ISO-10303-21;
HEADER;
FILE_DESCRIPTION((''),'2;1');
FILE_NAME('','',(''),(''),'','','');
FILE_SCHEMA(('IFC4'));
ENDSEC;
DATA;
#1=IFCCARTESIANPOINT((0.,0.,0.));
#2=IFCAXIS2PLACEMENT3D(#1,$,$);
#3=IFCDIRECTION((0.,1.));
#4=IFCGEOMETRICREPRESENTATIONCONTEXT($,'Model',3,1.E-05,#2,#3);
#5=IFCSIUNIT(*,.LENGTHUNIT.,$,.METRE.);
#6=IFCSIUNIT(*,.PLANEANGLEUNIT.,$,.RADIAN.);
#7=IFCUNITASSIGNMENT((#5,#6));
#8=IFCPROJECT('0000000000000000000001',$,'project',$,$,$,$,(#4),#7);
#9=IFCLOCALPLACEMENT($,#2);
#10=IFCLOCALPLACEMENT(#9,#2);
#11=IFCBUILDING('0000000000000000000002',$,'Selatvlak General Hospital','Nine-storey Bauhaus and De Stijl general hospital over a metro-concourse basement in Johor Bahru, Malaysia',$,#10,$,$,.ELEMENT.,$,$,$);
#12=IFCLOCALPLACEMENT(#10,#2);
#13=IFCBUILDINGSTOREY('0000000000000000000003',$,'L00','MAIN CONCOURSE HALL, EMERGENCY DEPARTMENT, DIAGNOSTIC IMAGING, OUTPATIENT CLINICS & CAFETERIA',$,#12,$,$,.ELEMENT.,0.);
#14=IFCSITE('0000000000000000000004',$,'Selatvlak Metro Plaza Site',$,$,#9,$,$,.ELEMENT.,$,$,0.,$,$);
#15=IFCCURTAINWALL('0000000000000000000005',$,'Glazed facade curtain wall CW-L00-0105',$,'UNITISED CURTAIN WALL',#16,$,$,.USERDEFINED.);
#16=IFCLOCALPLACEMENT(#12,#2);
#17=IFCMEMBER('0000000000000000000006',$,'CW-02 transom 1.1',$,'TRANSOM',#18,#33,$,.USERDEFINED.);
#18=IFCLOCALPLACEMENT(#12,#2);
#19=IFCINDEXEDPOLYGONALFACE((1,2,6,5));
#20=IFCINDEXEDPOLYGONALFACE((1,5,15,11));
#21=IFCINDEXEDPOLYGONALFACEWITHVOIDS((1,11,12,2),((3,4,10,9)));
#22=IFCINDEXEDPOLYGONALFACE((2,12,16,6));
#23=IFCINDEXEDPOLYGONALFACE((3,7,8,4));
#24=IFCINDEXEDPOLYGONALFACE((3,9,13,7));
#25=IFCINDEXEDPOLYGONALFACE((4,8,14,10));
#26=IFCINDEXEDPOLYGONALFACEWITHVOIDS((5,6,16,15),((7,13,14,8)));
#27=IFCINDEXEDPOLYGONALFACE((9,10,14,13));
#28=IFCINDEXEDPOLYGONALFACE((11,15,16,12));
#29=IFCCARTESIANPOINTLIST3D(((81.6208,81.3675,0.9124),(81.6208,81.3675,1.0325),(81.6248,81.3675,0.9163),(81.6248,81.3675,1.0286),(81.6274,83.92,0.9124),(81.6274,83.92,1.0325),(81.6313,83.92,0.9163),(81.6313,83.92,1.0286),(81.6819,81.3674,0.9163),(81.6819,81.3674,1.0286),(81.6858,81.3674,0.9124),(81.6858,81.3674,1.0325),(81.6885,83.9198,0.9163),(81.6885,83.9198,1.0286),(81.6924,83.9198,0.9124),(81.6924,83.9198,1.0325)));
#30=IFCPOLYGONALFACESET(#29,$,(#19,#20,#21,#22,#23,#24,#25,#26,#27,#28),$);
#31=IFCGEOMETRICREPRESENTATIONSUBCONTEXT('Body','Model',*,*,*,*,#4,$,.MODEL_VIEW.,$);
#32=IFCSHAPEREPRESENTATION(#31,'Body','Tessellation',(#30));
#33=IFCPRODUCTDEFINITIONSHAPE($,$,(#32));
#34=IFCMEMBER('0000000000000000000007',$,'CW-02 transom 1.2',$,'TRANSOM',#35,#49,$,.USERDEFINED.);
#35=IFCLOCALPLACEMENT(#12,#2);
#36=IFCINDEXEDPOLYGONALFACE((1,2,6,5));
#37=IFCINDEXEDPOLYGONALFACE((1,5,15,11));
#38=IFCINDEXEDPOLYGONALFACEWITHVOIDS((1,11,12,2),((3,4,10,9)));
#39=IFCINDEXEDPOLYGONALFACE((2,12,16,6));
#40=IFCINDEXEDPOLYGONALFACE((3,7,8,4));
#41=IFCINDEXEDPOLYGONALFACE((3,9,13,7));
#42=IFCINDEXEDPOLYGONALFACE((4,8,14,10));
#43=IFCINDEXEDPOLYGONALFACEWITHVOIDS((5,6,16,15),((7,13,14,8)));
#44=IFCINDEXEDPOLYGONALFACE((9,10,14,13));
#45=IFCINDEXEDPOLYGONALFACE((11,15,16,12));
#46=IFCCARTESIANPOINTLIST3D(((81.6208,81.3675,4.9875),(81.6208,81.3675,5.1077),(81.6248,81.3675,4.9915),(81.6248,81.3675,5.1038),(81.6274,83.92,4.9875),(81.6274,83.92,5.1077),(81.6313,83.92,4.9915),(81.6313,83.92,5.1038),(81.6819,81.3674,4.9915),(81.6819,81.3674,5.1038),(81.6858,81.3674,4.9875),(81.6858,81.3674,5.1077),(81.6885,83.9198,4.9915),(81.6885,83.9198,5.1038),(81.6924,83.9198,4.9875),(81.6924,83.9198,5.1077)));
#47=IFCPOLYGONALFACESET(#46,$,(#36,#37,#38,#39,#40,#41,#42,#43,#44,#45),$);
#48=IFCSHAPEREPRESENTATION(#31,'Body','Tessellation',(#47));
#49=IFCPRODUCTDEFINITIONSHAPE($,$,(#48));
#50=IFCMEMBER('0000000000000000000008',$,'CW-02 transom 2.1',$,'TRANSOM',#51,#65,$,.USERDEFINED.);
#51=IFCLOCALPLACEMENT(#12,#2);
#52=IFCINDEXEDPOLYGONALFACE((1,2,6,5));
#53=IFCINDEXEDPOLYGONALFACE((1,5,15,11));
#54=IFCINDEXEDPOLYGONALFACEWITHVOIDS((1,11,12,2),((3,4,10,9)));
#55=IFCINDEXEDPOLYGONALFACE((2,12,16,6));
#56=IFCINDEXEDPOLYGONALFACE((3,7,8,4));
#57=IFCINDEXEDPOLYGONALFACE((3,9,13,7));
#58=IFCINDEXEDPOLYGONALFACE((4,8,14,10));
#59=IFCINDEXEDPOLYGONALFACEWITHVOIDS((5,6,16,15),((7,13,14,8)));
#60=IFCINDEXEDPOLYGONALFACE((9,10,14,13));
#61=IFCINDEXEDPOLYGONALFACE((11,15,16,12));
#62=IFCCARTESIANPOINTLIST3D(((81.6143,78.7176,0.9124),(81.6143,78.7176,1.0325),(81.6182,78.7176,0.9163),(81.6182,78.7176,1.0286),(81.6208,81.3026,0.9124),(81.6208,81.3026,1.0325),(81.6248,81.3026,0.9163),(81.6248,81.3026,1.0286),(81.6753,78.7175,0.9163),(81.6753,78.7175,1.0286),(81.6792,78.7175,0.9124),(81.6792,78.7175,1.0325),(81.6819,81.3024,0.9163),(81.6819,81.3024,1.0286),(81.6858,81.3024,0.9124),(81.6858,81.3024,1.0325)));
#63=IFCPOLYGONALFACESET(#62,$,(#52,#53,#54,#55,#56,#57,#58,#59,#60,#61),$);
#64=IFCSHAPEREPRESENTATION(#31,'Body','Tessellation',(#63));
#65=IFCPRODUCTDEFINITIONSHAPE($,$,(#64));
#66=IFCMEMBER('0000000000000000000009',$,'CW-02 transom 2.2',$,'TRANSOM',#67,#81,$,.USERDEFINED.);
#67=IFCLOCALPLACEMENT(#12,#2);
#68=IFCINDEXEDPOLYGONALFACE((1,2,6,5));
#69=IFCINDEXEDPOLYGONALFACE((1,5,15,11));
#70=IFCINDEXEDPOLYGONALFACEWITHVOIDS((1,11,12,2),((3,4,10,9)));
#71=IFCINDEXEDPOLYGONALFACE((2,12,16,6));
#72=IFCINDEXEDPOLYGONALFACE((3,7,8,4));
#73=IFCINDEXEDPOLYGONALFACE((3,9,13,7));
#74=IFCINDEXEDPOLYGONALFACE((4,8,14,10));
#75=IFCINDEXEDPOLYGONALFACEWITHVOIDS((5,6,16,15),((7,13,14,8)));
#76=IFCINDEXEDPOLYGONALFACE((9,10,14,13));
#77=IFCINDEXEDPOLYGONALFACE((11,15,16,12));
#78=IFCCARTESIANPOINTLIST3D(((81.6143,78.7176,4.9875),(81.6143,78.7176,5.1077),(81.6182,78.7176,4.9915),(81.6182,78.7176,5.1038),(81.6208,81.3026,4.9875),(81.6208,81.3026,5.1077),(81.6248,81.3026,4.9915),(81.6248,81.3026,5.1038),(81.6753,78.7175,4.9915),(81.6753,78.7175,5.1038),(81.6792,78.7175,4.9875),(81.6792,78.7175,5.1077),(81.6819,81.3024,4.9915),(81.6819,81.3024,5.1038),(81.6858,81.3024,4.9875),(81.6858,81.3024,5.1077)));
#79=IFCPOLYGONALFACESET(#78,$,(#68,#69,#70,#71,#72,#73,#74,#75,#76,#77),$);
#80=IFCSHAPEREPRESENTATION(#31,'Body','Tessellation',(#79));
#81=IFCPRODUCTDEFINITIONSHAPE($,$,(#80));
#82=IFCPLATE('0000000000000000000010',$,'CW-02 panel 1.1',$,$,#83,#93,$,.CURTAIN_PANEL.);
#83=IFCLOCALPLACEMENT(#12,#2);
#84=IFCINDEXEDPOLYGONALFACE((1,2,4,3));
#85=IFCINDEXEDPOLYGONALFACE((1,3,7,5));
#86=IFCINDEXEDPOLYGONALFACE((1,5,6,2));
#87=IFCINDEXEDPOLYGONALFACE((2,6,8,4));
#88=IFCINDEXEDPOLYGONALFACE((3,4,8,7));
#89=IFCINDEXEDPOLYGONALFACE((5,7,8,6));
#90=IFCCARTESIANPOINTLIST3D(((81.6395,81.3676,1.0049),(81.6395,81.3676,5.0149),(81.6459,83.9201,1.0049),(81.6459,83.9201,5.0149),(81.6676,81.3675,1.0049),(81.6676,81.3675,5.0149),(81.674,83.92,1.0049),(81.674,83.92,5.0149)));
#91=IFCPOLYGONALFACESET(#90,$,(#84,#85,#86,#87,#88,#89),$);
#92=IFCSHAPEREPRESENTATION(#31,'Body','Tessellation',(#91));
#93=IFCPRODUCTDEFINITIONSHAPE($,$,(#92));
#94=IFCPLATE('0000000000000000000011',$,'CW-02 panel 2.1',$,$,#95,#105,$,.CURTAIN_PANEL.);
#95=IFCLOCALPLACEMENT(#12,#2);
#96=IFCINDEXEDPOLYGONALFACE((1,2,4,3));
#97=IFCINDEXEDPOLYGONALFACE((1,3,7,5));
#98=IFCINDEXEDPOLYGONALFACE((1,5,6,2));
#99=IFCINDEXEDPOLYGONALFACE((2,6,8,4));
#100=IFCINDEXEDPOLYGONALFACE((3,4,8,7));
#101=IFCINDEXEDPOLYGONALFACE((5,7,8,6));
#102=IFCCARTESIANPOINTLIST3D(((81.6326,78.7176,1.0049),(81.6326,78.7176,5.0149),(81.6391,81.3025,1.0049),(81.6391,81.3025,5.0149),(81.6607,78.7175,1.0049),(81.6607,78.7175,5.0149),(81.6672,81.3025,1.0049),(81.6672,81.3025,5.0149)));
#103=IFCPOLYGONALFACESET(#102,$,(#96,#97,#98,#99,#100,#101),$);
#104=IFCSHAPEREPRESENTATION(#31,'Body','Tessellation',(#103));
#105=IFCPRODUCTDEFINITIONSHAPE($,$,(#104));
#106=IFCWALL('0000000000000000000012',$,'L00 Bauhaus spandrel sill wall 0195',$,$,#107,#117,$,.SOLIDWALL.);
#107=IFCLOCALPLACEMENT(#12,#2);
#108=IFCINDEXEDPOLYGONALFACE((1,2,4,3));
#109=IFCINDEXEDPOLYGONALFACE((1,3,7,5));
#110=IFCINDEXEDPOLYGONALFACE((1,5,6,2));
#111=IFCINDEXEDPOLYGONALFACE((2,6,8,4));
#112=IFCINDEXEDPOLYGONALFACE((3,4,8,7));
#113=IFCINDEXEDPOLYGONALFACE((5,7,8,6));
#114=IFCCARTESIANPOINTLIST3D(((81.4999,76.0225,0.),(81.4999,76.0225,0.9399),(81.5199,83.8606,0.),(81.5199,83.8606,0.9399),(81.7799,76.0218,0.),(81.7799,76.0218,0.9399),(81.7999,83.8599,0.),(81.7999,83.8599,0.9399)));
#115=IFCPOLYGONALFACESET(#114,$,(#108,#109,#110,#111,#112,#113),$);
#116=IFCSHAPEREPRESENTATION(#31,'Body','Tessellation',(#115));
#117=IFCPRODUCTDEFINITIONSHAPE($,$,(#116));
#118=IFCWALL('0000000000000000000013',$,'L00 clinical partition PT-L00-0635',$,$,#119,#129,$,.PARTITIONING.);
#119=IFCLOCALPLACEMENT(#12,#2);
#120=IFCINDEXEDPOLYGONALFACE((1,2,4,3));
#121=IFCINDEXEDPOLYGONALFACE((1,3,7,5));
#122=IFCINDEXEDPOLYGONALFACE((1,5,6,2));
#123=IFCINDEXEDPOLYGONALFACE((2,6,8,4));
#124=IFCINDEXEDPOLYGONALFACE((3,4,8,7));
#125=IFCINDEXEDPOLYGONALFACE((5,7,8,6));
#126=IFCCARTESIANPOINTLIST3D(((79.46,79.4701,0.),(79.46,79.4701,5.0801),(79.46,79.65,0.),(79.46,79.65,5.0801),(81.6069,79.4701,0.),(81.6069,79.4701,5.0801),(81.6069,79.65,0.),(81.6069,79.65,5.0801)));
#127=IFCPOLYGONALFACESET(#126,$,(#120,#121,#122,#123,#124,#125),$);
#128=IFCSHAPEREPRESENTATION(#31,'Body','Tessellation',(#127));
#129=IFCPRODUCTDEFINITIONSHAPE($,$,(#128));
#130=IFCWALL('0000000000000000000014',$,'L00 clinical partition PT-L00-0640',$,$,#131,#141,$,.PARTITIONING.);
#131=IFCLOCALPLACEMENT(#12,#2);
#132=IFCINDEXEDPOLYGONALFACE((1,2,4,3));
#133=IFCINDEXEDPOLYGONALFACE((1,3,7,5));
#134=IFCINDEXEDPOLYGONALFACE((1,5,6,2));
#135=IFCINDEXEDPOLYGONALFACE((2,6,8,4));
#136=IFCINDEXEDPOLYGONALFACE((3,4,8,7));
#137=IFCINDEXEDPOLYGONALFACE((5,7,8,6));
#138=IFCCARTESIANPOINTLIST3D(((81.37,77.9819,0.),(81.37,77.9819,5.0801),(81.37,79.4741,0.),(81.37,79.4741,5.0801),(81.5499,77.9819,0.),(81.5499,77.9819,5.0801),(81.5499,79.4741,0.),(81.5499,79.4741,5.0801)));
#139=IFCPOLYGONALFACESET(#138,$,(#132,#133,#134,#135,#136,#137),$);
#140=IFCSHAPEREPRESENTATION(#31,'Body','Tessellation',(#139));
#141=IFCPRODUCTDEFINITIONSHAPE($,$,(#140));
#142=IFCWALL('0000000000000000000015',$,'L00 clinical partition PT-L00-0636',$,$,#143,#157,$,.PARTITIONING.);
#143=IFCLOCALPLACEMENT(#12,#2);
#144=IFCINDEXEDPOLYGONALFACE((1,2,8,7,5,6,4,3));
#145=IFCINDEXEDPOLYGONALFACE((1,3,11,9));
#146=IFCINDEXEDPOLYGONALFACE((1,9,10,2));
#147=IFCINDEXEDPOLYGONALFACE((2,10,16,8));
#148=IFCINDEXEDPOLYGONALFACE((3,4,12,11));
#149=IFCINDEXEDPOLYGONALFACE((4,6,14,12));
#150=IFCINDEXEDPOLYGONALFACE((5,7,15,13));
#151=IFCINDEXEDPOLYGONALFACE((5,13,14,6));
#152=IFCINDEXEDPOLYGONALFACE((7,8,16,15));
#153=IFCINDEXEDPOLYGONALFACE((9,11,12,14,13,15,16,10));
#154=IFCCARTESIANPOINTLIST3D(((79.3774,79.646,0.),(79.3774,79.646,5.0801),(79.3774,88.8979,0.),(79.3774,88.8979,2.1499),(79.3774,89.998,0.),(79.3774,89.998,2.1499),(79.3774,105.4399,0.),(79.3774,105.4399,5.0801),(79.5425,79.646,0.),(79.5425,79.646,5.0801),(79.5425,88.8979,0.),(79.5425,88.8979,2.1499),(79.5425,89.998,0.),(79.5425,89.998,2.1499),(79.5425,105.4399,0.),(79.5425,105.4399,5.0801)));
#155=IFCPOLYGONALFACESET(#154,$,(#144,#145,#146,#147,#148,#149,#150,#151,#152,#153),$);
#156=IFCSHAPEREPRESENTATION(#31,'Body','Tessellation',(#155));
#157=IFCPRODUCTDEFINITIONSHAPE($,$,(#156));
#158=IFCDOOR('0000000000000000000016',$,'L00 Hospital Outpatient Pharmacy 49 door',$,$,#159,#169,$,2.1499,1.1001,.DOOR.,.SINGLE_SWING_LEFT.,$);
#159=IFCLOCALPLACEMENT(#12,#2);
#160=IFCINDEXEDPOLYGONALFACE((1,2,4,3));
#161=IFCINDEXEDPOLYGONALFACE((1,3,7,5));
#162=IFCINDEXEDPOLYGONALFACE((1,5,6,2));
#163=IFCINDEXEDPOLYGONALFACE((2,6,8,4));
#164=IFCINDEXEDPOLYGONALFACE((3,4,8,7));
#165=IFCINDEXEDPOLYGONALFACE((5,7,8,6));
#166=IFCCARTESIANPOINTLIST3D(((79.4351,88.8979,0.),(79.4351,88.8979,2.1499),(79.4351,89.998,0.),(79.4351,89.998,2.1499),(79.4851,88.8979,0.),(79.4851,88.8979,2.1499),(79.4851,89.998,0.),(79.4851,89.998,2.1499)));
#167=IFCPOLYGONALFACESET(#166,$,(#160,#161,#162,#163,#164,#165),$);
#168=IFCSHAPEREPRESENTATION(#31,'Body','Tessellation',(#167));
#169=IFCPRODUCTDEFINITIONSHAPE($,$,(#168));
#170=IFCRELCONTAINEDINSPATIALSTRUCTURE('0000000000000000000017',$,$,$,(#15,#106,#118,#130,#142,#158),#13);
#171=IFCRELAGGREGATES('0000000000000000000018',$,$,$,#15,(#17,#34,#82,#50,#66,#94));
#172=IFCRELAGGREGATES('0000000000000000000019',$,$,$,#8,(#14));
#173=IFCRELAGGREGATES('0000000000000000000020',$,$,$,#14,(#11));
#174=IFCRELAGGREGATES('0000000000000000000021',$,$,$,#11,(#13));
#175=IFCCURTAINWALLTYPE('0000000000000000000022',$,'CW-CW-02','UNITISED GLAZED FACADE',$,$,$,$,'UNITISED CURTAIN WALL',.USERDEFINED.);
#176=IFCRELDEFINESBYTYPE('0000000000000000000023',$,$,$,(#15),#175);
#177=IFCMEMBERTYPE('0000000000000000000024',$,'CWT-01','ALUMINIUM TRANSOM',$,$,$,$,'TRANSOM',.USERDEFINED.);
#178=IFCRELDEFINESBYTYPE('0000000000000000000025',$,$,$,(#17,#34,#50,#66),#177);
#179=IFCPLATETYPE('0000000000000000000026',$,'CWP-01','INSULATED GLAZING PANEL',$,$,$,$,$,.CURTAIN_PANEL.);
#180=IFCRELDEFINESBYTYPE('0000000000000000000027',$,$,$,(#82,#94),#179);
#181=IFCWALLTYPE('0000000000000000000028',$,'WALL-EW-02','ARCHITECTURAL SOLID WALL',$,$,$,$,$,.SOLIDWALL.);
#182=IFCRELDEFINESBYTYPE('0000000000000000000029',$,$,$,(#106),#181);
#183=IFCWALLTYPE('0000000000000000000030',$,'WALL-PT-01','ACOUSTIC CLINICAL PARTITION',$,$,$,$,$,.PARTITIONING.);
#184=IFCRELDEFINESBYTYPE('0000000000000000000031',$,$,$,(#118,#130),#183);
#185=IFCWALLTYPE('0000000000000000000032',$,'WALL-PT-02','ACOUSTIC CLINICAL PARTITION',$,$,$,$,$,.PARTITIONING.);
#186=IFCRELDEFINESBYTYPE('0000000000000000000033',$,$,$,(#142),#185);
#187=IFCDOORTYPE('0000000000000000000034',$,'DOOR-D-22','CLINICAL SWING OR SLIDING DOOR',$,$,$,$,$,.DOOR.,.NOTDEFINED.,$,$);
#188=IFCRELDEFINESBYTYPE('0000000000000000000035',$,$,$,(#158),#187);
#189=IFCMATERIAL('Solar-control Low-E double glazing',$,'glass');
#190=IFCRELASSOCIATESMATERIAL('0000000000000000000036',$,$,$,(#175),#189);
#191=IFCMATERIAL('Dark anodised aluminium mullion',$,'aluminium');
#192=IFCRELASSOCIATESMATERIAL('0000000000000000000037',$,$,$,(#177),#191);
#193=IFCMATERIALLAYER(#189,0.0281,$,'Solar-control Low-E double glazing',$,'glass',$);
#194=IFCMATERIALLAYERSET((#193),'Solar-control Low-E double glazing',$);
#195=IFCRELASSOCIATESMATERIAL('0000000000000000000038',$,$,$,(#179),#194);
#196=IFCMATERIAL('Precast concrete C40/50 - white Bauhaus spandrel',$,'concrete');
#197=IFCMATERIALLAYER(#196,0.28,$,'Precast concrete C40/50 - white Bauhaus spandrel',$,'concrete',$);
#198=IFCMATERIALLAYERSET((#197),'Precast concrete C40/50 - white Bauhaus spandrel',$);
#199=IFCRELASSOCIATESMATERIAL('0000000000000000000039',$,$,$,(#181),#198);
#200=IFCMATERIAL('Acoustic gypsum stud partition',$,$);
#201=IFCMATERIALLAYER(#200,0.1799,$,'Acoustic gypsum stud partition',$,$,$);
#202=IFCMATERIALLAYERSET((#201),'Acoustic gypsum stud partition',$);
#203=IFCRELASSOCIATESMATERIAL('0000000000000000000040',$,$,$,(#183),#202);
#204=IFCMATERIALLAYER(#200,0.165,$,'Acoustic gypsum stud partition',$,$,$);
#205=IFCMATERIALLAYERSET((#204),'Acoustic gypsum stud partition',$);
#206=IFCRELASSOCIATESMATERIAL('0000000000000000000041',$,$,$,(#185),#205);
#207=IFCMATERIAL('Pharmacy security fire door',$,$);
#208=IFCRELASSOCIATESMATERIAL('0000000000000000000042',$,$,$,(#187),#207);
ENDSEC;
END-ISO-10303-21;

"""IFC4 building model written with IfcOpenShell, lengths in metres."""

from ifc_helpers import new_model, si_unit, direction, frame, frame_2d, origin, origin_2d, place, context, subcontext, project, spatial, rectangle, hollow_rectangle, extrude, material, layer, layer_set, material_profile, profile_set, type_object, element, fill, aggregate, save


model = new_model("IFC4")

# Units and contexts
model_context = context("Model", 3, precision=1e-05, world=origin(), true_north=direction((0.0, 1.0)))
body_context = subcontext(model_context, "Body", "Model", "MODEL_VIEW")
ifc_project = project(units=[si_unit("LENGTHUNIT", "METRE"), si_unit("PLANEANGLEUNIT", "RADIAN")], contexts=[model_context])

# Site, building, storey
site_placement = place(None, origin())
site = spatial("IfcSite", under=ifc_project, at=site_placement, Name="Selatvlak Metro Plaza Site", CompositionType="ELEMENT", RefElevation=0.0)
building_placement = place(site_placement, origin())
building = spatial("IfcBuilding", under=site, at=building_placement, Name="Selatvlak General Hospital", Description="Nine-storey Bauhaus and De Stijl general hospital over a metro-concourse basement in Johor Bahru, Malaysia", CompositionType="ELEMENT")
storey_placement = place(building_placement, origin())
storey = spatial("IfcBuildingStorey", under=building, at=storey_placement, Name="L00", Description="MAIN CONCOURSE HALL, EMERGENCY DEPARTMENT, DIAGNOSTIC IMAGING, OUTPATIENT CLINICS & CAFETERIA", CompositionType="ELEMENT", Elevation=0.0)

# Curtain wall, members, plates
ifc_material_1 = material(Name="Solar-control Low-E double glazing", Category="glass")
curtain_wall_type = type_object("IfcCurtainWallType", Name="CW-CW-02", Description="UNITISED GLAZED FACADE", ElementType="UNITISED CURTAIN WALL", PredefinedType="USERDEFINED", material=ifc_material_1)
curtain_wall_placement = place(storey_placement, origin())
curtain_wall = element("IfcCurtainWall", 1, at=curtain_wall_placement, inside=storey, type_object=curtain_wall_type, Name="Glazed facade curtain wall CW-L00-0105", ObjectType="UNITISED CURTAIN WALL", PredefinedType="USERDEFINED")
ifc_material_2 = material(Name="Dark anodised aluminium mullion", Category="aluminium")
ifc_material_profile_1 = material_profile(ifc_material_2, hollow_rectangle(XDim=0.0649, YDim=0.1201, WallThickness=0.0039, at=origin_2d()), Name="AL-TRN 65x120x4")
ifc_profile_set_1 = profile_set([ifc_material_profile_1], Name="Dark anodised aluminium mullion")
member_type_1 = type_object("IfcMemberType", Name="CWT-01", Description="ALUMINIUM TRANSOM", ElementType="TRANSOM", PredefinedType="USERDEFINED", material=ifc_profile_set_1)
member_1_placement = place(storey_placement, frame((81.6599, 83.9199, 0.9724), z_axis=(-0.002582, -0.999997, 0.0), x_axis=(0.999997, -0.002582, 0.0)))
member_1 = element("IfcMember", 2, at=member_1_placement, type_object=member_type_1, Name="CW-02 transom 1.1", ObjectType="TRANSOM", PredefinedType="USERDEFINED", context=body_context, shape_type="SweptSolid", body=[
    extrude(hollow_rectangle(XDim=0.0649, YDim=0.1201, WallThickness=0.0039, at=origin_2d()), origin(), (0.0, 0.0, 1.0), 2.5525),
])
member_2_placement = place(storey_placement, frame((81.6599, 83.9199, 5.0476), z_axis=(-0.002582, -0.999997, 0.0), x_axis=(0.999997, -0.002582, 0.0)))
member_2 = element("IfcMember", 3, at=member_2_placement, type_object=member_type_1, Name="CW-02 transom 1.2", ObjectType="TRANSOM", PredefinedType="USERDEFINED", context=body_context, shape_type="SweptSolid", body=[
    extrude(hollow_rectangle(XDim=0.0649, YDim=0.1201, WallThickness=0.0039, at=origin_2d()), origin(), (0.0, 0.0, 1.0), 2.5525),
])
member_3_placement = place(storey_placement, frame((81.6533, 81.3025, 0.9724), z_axis=(-0.00255, -0.999997, 0.0), x_axis=(0.999997, -0.00255, 0.0)))
member_3 = element("IfcMember", 4, at=member_3_placement, type_object=member_type_1, Name="CW-02 transom 2.1", ObjectType="TRANSOM", PredefinedType="USERDEFINED", context=body_context, shape_type="SweptSolid", body=[
    extrude(hollow_rectangle(XDim=0.0649, YDim=0.1201, WallThickness=0.0039, at=origin_2d()), origin(), (0.0, 0.0, 1.0), 2.585),
])
member_4_placement = place(storey_placement, frame((81.6533, 81.3025, 5.0476), z_axis=(-0.00255, -0.999997, 0.0), x_axis=(0.999997, -0.00255, 0.0)))
member_4 = element("IfcMember", 5, at=member_4_placement, type_object=member_type_1, Name="CW-02 transom 2.2", ObjectType="TRANSOM", PredefinedType="USERDEFINED", context=body_context, shape_type="SweptSolid", body=[
    extrude(hollow_rectangle(XDim=0.0649, YDim=0.1201, WallThickness=0.0039, at=origin_2d()), origin(), (0.0, 0.0, 1.0), 2.585),
])
ifc_layer_1 = layer(ifc_material_1, 0.0281, Name="Solar-control Low-E double glazing", Category="glass")
ifc_layer_set_1 = layer_set([ifc_layer_1], Name="Solar-control Low-E double glazing")
plate_type = type_object("IfcPlateType", Name="CWP-01", Description="INSULATED GLAZING PANEL", PredefinedType="CURTAIN_PANEL", material=ifc_layer_set_1)
plate_1_placement = place(storey_placement, frame((81.6567, 82.6438, 1.0049), z_axis=(0.0, 0.0, 1.0), x_axis=(-0.002516, -0.999997, 0.0)))
plate_1 = element("IfcPlate", 6, at=plate_1_placement, type_object=plate_type, Name="CW-02 panel 1.1", PredefinedType="CURTAIN_PANEL", context=body_context, shape_type="SweptSolid", body=[
    extrude(rectangle(XDim=2.5525, YDim=0.0281, at=origin_2d()), origin(), (0.0, 0.0, 1.0), 4.01),
])
plate_2_placement = place(storey_placement, frame((81.6499, 80.01, 1.0049), z_axis=(0.0, 0.0, 1.0), x_axis=(-0.002516, -0.999997, 0.0)))
plate_2 = element("IfcPlate", 7, at=plate_2_placement, type_object=plate_type, Name="CW-02 panel 2.1", PredefinedType="CURTAIN_PANEL", context=body_context, shape_type="SweptSolid", body=[
    extrude(rectangle(XDim=2.585, YDim=0.0281, at=origin_2d()), origin(), (0.0, 0.0, 1.0), 4.01),
])
aggregate(curtain_wall, [member_1, member_2, plate_1, member_3, member_4, plate_2])

# Walls
ifc_material_3 = material(Name="Precast concrete C40/50 - white Bauhaus spandrel", Category="concrete")
ifc_layer_2 = layer(ifc_material_3, 0.28, Name="Precast concrete C40/50 - white Bauhaus spandrel", Category="concrete")
ifc_layer_set_2 = layer_set([ifc_layer_2], Name="Precast concrete C40/50 - white Bauhaus spandrel")
wall_type_1 = type_object("IfcWallType", Name="WALL-EW-02", Description="ARCHITECTURAL SOLID WALL", PredefinedType="SOLIDWALL", material=ifc_layer_set_2)
wall_1_placement = place(storey_placement, frame((81.6599, 83.8601, 0.0), z_axis=(0.0, 0.0, 1.0), x_axis=(-0.002554, -0.999997, 0.0)))
element("IfcWall", 8, at=wall_1_placement, inside=storey, type_object=wall_type_1, Name="L00 Bauhaus spandrel sill wall 0195", PredefinedType="SOLIDWALL", context=body_context, shape_type="SweptSolid", body=[
    extrude(rectangle(XDim=7.8381, YDim=0.28, at=frame_2d((3.9189, 0.0))), origin(), (0.0, 0.0, 1.0), 0.9399),
])
ifc_material_4 = material(Name="Acoustic gypsum stud partition")
ifc_layer_3 = layer(ifc_material_4, 0.1799, Name="Acoustic gypsum stud partition")
ifc_layer_set_3 = layer_set([ifc_layer_3], Name="Acoustic gypsum stud partition")
wall_type_2 = type_object("IfcWallType", Name="WALL-PT-01", Description="ACOUSTIC CLINICAL PARTITION", PredefinedType="PARTITIONING", material=ifc_layer_set_3)
wall_2_placement = place(storey_placement, frame((81.6069, 79.5601, 0.0), z_axis=(0.0, 0.0, 1.0), x_axis=(-1.0, 0.0, 0.0)))
element("IfcWall", 9, at=wall_2_placement, inside=storey, type_object=wall_type_2, Name="L00 clinical partition PT-L00-0635", PredefinedType="PARTITIONING", context=body_context, shape_type="SweptSolid", body=[
    extrude(rectangle(XDim=2.147, YDim=0.1799, at=frame_2d((1.0735, 0.0))), origin(), (0.0, 0.0, 1.0), 5.0801),
])
wall_3_placement = place(storey_placement, frame((81.46, 79.4741, 0.0), z_axis=(0.0, 0.0, 1.0), x_axis=(0.0, -1.0, 0.0)))
element("IfcWall", 10, at=wall_3_placement, inside=storey, type_object=wall_type_2, Name="L00 clinical partition PT-L00-0640", PredefinedType="PARTITIONING", context=body_context, shape_type="SweptSolid", body=[
    extrude(rectangle(XDim=1.4922, YDim=0.1799, at=frame_2d((0.7461, 0.0))), origin(), (0.0, 0.0, 1.0), 5.0801),
])

# Wall, opening, door
ifc_layer_4 = layer(ifc_material_4, 0.165, Name="Acoustic gypsum stud partition")
ifc_layer_set_4 = layer_set([ifc_layer_4], Name="Acoustic gypsum stud partition")
wall_type_3 = type_object("IfcWallType", Name="WALL-PT-02", Description="ACOUSTIC CLINICAL PARTITION", PredefinedType="PARTITIONING", material=ifc_layer_set_4)
wall_4_placement = place(storey_placement, frame((79.46, 79.646, 0.0), z_axis=(0.0, 0.0, 1.0), x_axis=(0.0, 1.0, 0.0)))
wall_4 = element("IfcWall", 11, at=wall_4_placement, inside=storey, type_object=wall_type_3, Name="L00 clinical partition PT-L00-0636", PredefinedType="PARTITIONING", context=body_context, shape_type="SweptSolid", body=[
    extrude(rectangle(XDim=25.7939, YDim=0.165, at=frame_2d((12.897, 0.0))), origin(), (0.0, 0.0, 1.0), 5.0801),
])
opening_placement = place(wall_4_placement, frame((9.252, 0.0, 0.0)))
opening = element("IfcOpeningElement", 12, at=opening_placement, cuts=wall_4, PredefinedType="OPENING", context=body_context, shape_type="SweptSolid", body=[
    extrude(rectangle(XDim=1.1001, YDim=2.1499, at=frame_2d((0.55, 1.075))), frame((0.0, 0.0925, 0.0), z_axis=(0.0, -1.0, 0.0), x_axis=(1.0, 0.0, 0.0)), (0.0, 0.0, 1.0), 0.1851),
])
ifc_material_5 = material(Name="Pharmacy security fire door")
door_type = type_object("IfcDoorType", Name="DOOR-D-22", Description="CLINICAL SWING OR SLIDING DOOR", OperationType="NOTDEFINED", PredefinedType="DOOR", material=ifc_material_5)
door_placement = place(opening_placement, origin())
door = element("IfcDoor", 13, at=door_placement, inside=storey, type_object=door_type, Name="L00 Hospital Outpatient Pharmacy 49 door", OperationType="SINGLE_SWING_LEFT", OverallHeight=2.1499, OverallWidth=1.1001, PredefinedType="DOOR", context=body_context, shape_type="SweptSolid", body=[
    extrude(rectangle(XDim=1.1001, YDim=2.1499, at=frame_2d((0.55, 1.075))), frame((0.0, 0.0249, 0.0), z_axis=(0.0, -1.0, 0.0), x_axis=(1.0, 0.0, 0.0)), (0.0, 0.0, 1.0), 0.05),
])
fill(opening, door)

save(model, "model.ifc")
